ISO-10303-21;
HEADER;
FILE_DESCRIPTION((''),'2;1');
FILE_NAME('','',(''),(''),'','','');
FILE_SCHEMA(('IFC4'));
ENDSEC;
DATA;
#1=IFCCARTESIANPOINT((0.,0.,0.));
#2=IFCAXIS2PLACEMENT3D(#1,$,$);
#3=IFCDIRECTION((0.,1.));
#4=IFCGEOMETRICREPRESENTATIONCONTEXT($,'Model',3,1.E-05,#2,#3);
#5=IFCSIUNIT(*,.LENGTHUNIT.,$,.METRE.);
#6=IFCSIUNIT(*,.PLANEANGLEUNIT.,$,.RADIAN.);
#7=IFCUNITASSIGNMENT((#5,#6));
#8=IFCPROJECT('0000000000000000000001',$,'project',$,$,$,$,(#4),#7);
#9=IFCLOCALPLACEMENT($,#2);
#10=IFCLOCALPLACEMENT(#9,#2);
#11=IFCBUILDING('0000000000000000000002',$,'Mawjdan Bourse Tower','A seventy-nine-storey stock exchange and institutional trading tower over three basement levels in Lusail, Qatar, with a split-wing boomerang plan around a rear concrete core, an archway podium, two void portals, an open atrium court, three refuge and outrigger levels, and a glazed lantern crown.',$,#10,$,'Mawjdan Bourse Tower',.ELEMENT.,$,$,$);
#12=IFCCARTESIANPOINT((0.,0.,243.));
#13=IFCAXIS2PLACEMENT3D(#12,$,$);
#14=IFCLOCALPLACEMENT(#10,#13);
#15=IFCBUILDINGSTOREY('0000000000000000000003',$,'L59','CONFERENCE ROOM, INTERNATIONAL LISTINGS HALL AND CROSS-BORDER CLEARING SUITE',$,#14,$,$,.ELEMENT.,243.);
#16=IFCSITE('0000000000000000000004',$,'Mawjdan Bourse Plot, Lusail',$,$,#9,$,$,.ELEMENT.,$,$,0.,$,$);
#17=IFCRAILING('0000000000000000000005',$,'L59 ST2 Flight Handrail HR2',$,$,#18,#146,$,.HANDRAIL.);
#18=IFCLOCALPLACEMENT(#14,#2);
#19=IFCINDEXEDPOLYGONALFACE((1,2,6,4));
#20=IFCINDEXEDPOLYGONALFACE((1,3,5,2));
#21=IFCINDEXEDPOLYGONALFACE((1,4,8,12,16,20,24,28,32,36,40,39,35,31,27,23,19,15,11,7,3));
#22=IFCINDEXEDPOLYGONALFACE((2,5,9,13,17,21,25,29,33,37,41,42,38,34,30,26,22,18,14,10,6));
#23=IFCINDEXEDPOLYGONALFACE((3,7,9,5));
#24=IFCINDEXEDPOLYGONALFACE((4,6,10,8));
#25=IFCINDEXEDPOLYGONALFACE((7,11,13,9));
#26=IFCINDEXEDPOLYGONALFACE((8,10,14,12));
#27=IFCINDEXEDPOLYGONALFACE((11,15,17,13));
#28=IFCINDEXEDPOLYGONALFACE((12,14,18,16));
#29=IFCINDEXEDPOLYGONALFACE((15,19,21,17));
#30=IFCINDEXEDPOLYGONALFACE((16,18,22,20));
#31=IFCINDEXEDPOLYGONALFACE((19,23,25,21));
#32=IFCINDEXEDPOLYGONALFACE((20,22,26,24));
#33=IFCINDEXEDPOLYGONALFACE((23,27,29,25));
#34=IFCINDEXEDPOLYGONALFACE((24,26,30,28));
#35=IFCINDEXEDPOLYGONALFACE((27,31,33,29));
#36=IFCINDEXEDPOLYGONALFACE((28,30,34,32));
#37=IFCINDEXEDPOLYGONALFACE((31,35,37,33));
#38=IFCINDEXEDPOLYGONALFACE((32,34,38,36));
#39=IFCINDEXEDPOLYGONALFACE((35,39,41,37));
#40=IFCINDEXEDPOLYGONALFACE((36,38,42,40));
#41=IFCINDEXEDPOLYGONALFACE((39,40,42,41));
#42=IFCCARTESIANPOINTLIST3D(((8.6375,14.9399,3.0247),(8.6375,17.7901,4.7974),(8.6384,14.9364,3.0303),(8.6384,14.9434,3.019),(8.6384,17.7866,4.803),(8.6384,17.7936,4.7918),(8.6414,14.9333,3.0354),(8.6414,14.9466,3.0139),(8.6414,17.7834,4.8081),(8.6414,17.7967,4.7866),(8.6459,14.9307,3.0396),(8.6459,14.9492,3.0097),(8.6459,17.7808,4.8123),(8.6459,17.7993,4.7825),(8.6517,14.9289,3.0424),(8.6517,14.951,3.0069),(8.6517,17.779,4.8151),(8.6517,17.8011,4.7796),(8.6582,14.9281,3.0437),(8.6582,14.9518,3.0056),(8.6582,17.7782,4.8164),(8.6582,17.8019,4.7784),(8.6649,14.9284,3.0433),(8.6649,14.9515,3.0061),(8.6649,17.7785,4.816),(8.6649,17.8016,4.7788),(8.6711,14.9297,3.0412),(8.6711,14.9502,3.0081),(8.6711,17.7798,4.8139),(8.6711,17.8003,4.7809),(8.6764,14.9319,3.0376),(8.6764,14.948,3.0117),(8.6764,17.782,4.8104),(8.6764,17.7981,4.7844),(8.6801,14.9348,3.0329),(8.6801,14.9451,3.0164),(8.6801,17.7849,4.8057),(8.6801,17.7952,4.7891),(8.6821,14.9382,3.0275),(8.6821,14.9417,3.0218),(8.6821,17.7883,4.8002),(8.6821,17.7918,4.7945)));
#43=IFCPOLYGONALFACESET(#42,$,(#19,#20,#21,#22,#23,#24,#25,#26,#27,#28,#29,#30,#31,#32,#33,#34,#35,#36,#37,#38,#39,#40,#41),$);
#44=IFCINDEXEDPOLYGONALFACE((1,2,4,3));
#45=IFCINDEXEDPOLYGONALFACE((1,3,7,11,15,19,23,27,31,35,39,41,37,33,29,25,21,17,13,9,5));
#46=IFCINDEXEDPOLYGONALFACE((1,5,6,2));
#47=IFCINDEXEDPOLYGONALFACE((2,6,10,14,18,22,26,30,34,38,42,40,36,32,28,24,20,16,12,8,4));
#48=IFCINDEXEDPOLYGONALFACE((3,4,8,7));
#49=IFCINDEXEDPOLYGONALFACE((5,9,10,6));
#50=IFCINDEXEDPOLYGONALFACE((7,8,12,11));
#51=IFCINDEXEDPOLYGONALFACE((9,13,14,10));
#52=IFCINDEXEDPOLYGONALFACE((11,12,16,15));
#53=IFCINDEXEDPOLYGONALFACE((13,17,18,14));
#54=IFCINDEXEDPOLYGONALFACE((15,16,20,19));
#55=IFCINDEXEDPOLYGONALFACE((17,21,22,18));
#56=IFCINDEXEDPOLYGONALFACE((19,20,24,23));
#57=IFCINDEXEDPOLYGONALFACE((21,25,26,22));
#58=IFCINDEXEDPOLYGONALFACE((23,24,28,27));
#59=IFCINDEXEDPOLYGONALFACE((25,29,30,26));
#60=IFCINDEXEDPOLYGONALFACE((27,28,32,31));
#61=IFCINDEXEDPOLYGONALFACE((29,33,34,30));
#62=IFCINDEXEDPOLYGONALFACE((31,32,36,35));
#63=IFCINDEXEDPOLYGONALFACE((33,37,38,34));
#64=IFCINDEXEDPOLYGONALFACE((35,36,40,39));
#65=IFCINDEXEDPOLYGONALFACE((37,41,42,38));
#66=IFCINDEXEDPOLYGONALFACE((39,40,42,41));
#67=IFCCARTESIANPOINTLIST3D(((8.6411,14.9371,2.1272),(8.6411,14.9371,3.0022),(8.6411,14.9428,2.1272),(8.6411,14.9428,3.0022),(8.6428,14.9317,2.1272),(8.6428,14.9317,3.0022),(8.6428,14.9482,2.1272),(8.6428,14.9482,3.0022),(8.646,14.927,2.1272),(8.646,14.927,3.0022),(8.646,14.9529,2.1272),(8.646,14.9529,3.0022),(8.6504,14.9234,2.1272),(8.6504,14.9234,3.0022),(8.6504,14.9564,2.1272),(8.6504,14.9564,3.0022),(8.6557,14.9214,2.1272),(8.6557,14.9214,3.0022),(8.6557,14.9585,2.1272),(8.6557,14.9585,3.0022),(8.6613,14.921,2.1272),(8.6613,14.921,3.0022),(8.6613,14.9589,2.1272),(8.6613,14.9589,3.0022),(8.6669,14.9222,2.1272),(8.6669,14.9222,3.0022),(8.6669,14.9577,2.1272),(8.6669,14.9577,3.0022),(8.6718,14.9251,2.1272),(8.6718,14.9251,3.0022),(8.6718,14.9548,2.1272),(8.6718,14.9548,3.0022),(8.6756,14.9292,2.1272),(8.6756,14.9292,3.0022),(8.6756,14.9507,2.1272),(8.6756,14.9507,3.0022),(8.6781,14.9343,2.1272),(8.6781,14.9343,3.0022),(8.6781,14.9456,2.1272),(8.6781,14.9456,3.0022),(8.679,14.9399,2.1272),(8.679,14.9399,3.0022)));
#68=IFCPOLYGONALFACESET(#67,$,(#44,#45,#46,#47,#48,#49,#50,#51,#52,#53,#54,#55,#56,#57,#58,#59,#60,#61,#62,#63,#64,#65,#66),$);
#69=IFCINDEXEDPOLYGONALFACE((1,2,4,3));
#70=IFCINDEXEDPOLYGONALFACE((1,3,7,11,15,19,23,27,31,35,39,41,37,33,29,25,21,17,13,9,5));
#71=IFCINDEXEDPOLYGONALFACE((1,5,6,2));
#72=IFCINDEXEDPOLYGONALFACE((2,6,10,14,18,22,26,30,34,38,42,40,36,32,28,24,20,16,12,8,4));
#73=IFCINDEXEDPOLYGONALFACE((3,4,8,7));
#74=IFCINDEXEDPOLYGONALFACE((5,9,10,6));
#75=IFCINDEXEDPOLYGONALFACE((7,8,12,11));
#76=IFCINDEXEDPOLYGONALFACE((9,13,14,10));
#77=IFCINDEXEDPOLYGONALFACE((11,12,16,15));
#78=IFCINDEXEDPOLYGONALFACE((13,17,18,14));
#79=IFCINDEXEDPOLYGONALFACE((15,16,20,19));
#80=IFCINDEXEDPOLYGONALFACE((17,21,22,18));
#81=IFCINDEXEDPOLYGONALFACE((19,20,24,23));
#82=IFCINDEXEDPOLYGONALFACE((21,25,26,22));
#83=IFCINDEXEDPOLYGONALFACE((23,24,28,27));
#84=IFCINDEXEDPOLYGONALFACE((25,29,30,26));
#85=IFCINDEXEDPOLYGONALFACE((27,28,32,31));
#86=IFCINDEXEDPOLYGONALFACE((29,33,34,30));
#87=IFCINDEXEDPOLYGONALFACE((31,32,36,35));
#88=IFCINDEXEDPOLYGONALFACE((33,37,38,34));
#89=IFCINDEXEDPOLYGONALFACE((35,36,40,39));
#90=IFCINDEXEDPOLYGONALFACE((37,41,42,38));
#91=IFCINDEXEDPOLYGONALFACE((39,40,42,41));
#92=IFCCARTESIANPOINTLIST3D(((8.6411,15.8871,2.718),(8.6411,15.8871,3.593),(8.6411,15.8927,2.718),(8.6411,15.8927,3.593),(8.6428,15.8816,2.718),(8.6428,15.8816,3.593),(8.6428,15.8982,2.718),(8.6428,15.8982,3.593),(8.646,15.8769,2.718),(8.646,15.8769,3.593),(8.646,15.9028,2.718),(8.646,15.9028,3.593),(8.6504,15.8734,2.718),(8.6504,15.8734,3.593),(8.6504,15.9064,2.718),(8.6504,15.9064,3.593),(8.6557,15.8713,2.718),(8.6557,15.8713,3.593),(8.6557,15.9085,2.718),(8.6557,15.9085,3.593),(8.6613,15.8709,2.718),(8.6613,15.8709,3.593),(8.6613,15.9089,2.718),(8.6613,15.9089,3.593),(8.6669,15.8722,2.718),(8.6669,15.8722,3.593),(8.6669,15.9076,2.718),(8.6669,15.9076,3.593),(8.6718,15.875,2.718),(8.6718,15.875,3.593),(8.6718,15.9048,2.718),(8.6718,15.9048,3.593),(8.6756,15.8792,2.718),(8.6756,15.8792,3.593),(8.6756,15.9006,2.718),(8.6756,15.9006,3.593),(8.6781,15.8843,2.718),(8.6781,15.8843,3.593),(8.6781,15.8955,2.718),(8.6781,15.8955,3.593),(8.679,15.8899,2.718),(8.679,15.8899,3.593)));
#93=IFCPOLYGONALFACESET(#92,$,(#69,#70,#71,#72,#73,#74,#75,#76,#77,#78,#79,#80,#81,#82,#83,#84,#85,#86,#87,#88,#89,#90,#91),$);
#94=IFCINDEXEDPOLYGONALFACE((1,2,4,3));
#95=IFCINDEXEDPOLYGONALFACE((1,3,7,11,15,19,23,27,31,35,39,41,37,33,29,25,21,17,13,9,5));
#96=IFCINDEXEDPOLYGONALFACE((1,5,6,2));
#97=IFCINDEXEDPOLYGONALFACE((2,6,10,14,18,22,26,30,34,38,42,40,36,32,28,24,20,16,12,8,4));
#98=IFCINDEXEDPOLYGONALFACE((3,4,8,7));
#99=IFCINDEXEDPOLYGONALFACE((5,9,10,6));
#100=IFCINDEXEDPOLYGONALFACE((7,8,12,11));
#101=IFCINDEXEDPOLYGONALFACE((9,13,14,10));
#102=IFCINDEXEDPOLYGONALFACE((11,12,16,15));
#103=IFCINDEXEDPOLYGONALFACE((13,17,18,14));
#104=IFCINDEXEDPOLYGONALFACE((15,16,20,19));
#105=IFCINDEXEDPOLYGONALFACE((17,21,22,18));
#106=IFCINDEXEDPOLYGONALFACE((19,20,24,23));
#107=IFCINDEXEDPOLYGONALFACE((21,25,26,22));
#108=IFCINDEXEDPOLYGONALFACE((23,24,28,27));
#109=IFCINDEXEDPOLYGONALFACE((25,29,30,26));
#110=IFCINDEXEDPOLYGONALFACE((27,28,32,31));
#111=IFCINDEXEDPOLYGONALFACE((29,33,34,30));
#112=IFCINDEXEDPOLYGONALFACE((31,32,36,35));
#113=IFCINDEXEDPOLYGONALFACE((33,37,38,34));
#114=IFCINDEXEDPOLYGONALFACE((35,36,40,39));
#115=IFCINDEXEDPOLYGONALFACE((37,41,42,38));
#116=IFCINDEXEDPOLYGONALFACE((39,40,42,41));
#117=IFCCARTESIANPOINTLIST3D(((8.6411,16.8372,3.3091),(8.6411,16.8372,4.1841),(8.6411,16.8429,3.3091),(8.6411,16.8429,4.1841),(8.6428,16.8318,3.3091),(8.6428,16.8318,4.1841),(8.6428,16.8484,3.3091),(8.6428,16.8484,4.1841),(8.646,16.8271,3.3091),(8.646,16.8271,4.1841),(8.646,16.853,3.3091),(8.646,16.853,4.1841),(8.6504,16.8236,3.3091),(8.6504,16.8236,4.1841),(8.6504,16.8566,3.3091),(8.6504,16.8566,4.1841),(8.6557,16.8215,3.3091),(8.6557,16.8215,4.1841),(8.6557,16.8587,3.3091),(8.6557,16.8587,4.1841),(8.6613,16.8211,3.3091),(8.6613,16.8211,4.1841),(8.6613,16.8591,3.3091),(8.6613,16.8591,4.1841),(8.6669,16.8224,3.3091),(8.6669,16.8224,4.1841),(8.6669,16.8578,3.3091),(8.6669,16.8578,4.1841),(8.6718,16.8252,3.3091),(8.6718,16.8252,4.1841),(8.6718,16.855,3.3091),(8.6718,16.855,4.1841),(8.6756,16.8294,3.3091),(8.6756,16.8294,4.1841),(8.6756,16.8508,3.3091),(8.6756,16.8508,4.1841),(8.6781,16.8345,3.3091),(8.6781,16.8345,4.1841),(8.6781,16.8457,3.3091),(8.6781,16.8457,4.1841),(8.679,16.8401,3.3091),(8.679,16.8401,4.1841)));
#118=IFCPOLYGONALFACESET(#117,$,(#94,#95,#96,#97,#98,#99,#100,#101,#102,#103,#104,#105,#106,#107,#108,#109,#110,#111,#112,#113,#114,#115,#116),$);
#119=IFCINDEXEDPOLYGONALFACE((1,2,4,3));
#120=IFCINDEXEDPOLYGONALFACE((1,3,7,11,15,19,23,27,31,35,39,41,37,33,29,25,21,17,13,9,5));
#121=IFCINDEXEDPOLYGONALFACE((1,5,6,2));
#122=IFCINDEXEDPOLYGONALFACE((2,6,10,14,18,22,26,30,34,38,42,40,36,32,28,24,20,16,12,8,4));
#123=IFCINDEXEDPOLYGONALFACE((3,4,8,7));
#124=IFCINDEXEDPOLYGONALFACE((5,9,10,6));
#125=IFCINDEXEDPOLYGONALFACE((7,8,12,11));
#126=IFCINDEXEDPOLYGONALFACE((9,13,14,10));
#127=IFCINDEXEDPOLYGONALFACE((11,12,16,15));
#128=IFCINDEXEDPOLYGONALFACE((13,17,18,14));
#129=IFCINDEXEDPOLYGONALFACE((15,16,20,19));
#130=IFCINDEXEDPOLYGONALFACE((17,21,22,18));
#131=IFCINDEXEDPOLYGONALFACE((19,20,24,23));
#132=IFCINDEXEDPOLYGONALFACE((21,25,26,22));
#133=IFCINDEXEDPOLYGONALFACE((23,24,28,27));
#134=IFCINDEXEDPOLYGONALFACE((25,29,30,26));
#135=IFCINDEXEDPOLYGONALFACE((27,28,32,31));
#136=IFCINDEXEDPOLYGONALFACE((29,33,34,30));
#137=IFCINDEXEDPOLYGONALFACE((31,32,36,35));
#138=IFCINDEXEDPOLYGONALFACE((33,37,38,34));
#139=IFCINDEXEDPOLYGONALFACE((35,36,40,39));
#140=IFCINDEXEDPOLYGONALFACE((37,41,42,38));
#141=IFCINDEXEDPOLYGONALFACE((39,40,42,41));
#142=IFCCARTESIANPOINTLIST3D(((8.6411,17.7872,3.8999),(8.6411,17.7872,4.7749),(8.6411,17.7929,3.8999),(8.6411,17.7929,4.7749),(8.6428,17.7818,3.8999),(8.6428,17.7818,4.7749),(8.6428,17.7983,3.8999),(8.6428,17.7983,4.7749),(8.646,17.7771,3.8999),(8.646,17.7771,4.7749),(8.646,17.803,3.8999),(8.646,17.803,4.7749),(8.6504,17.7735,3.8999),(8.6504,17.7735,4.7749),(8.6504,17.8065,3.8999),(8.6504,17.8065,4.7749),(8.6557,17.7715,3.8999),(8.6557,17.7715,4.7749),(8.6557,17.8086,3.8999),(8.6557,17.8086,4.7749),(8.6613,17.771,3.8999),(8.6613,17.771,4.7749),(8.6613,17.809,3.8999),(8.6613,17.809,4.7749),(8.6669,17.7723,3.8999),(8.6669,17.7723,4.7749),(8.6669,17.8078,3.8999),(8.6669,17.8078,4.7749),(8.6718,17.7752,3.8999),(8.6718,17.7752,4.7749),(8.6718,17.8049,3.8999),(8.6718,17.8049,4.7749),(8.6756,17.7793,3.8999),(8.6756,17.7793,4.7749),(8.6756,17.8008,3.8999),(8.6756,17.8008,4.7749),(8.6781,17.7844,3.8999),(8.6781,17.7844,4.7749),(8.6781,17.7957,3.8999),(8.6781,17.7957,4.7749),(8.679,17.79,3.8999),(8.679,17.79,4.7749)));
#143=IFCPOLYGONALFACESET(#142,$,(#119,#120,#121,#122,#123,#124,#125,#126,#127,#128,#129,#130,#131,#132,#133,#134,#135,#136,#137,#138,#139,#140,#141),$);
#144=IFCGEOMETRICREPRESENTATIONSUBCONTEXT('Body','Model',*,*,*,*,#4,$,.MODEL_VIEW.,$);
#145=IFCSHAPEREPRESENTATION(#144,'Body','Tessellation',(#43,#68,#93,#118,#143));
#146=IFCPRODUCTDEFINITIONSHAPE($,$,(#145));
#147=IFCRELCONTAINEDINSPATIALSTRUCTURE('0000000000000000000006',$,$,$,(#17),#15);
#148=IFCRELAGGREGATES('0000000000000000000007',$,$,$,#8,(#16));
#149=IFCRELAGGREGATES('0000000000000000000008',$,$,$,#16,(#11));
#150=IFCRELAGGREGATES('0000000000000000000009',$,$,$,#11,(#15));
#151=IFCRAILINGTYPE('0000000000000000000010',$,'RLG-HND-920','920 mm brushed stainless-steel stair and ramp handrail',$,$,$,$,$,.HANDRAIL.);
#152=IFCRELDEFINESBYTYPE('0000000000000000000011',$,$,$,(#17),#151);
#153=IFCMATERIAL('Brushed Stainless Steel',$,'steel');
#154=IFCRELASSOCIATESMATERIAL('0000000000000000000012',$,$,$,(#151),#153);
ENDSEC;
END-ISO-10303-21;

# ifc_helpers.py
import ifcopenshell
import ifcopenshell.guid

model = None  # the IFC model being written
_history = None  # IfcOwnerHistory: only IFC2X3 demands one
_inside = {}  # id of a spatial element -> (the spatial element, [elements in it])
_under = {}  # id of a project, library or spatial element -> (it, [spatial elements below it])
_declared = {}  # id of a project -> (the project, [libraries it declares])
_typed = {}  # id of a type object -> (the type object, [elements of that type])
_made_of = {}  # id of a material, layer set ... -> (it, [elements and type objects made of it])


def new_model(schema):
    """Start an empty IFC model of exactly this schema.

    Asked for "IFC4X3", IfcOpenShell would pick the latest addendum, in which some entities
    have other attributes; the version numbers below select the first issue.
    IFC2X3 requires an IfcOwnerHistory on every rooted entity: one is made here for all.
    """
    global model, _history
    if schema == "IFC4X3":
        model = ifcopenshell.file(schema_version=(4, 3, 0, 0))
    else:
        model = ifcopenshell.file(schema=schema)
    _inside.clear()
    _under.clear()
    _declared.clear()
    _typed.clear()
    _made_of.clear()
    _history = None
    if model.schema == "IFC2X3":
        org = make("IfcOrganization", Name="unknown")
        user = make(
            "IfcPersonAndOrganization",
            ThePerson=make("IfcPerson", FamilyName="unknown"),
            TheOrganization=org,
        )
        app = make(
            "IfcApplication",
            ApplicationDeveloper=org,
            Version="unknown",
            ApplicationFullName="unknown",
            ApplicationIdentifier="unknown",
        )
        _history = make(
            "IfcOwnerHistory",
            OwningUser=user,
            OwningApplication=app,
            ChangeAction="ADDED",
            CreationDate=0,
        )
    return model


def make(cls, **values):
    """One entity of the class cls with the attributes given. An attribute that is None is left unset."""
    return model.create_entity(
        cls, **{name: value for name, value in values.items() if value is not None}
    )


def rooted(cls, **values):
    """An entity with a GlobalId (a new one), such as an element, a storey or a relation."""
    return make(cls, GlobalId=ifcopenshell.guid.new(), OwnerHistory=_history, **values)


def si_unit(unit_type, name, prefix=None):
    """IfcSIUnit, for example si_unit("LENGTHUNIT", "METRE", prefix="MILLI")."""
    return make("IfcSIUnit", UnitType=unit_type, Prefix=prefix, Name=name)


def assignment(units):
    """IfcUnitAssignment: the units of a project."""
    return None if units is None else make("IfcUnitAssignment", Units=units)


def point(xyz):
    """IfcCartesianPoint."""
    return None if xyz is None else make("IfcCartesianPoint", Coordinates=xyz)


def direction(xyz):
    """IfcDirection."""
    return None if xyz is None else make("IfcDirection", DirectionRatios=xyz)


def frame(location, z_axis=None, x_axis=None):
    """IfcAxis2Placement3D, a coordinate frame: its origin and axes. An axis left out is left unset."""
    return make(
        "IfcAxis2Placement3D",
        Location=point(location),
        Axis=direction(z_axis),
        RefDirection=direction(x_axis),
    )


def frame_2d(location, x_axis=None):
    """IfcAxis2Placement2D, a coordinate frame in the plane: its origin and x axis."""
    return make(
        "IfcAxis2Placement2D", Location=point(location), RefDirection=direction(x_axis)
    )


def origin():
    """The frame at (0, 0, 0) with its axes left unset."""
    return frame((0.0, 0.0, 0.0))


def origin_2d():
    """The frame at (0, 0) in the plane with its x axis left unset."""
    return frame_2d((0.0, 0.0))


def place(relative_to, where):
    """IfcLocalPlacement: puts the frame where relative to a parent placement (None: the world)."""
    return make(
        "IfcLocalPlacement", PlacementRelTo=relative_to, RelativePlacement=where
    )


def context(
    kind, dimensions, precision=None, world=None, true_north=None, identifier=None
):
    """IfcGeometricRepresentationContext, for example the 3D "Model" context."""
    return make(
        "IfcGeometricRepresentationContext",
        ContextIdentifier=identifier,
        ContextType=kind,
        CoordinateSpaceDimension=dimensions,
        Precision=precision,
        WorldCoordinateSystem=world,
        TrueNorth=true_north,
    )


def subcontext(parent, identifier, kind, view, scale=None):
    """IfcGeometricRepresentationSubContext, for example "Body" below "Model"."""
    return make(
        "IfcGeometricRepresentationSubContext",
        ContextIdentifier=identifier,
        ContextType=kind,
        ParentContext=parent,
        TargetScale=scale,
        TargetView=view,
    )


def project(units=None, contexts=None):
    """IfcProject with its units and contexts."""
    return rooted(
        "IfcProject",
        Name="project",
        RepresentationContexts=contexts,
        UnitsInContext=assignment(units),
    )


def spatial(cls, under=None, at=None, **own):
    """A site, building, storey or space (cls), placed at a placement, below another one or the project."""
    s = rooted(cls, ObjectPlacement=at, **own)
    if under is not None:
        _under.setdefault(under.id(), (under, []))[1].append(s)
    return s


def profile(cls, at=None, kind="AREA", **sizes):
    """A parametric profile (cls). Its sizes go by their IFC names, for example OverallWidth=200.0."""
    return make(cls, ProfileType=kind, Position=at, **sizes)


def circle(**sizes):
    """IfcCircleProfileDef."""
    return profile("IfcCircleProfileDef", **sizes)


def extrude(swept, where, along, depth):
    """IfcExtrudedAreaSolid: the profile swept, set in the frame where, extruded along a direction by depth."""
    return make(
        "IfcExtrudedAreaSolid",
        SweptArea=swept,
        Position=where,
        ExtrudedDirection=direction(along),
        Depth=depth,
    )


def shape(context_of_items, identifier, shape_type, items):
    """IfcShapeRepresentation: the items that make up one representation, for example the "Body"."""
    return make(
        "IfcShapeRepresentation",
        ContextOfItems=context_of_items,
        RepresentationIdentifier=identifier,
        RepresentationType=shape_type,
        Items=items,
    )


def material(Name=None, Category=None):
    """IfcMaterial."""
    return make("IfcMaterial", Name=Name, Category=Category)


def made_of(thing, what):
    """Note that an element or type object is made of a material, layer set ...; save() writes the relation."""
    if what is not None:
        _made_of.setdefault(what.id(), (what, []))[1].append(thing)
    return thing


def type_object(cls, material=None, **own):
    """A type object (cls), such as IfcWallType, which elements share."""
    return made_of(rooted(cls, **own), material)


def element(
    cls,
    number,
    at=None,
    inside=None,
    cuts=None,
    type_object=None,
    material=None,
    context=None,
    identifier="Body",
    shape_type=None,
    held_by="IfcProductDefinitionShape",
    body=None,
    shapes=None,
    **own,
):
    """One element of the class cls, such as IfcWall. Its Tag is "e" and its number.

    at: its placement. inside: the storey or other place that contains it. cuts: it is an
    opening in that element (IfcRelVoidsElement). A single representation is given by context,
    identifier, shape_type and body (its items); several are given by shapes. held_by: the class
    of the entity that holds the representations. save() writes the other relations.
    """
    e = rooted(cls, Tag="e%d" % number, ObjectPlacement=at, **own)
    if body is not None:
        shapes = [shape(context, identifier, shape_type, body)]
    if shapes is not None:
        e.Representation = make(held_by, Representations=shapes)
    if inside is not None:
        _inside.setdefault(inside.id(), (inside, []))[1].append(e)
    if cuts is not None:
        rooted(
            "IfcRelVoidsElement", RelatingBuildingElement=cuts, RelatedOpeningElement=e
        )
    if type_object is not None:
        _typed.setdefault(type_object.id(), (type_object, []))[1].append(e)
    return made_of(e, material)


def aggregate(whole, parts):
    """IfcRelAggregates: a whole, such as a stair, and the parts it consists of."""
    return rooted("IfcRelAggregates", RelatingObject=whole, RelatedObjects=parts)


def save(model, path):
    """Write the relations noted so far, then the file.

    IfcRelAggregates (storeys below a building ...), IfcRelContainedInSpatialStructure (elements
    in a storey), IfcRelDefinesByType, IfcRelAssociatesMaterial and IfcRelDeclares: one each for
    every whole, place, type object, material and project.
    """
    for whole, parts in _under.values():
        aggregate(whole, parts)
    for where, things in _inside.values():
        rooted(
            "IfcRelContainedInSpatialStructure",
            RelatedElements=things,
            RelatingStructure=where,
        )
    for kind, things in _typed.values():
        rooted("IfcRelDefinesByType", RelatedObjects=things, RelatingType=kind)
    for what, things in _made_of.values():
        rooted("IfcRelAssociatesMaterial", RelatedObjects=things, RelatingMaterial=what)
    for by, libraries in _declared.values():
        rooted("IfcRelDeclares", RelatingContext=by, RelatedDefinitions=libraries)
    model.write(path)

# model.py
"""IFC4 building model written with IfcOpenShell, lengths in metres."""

from ifc_helpers import new_model, si_unit, direction, frame, origin, origin_2d, place, context, subcontext, project, spatial, circle, extrude, material, type_object, element, save


model = new_model("IFC4")

# Units and contexts
model_context = context("Model", 3, precision=1e-05, world=origin(), true_north=direction((0.0, 1.0)))
body_context = subcontext(model_context, "Body", "Model", "MODEL_VIEW")
ifc_project = project(units=[si_unit("LENGTHUNIT", "METRE"), si_unit("PLANEANGLEUNIT", "RADIAN")], contexts=[model_context])

# Site, building, storey
site_placement = place(None, origin())
site = spatial("IfcSite", under=ifc_project, at=site_placement, Name="Mawjdan Bourse Plot, Lusail", CompositionType="ELEMENT", RefElevation=0.0)
building_placement = place(site_placement, origin())
building = spatial("IfcBuilding", under=site, at=building_placement, Name="Mawjdan Bourse Tower", Description="A seventy-nine-storey stock exchange and institutional trading tower over three basement levels in Lusail, Qatar, with a split-wing boomerang plan around a rear concrete core, an archway podium, two void portals, an open atrium court, three refuge and outrigger levels, and a glazed lantern crown.", LongName="Mawjdan Bourse Tower", CompositionType="ELEMENT")
storey_placement = place(building_placement, frame((0.0, 0.0, 243.0)))
storey = spatial("IfcBuildingStorey", under=building, at=storey_placement, Name="L59", Description="CONFERENCE ROOM, INTERNATIONAL LISTINGS HALL AND CROSS-BORDER CLEARING SUITE", CompositionType="ELEMENT", Elevation=243.0)

# Shared definitions
ifc_material_1 = material(Name="Brushed Stainless Steel", Category="steel")

# Railing
railing_type_1 = type_object("IfcRailingType", Name="RLG-HND-920", Description="920 mm brushed stainless-steel stair and ramp handrail", PredefinedType="HANDRAIL", material=ifc_material_1)
railing_1_placement = place(storey_placement, frame((8.6599, 14.9399, 2.1272)))
element("IfcRailing", 1, at=railing_1_placement, inside=storey, type_object=railing_type_1, Name="L59 ST2 Flight Handrail HR2", PredefinedType="HANDRAIL", context=body_context, shape_type="SweptSolid", body=[
    extrude(circle(Radius=0.0225, at=origin_2d()), frame((0.0, 0.0, 0.8975), z_axis=(0.0, 0.849149, 0.528154), x_axis=(-1.0, 0.0, 0.0)), (0.0, 0.0, 1.0), 3.3564),
    extrude(circle(Radius=0.019, at=origin_2d()), origin(), (0.0, 0.0, 1.0), 0.875),
    extrude(circle(Radius=0.019, at=origin_2d()), frame((0.0, 0.95, 0.5908)), (0.0, 0.0, 1.0), 0.875),
    extrude(circle(Radius=0.019, at=origin_2d()), frame((0.0, 1.9001, 1.1819)), (0.0, 0.0, 1.0), 0.875),
    extrude(circle(Radius=0.019, at=origin_2d()), frame((0.0, 2.8501, 1.7727)), (0.0, 0.0, 1.0), 0.875),
])

save(model, "model.ifc")
